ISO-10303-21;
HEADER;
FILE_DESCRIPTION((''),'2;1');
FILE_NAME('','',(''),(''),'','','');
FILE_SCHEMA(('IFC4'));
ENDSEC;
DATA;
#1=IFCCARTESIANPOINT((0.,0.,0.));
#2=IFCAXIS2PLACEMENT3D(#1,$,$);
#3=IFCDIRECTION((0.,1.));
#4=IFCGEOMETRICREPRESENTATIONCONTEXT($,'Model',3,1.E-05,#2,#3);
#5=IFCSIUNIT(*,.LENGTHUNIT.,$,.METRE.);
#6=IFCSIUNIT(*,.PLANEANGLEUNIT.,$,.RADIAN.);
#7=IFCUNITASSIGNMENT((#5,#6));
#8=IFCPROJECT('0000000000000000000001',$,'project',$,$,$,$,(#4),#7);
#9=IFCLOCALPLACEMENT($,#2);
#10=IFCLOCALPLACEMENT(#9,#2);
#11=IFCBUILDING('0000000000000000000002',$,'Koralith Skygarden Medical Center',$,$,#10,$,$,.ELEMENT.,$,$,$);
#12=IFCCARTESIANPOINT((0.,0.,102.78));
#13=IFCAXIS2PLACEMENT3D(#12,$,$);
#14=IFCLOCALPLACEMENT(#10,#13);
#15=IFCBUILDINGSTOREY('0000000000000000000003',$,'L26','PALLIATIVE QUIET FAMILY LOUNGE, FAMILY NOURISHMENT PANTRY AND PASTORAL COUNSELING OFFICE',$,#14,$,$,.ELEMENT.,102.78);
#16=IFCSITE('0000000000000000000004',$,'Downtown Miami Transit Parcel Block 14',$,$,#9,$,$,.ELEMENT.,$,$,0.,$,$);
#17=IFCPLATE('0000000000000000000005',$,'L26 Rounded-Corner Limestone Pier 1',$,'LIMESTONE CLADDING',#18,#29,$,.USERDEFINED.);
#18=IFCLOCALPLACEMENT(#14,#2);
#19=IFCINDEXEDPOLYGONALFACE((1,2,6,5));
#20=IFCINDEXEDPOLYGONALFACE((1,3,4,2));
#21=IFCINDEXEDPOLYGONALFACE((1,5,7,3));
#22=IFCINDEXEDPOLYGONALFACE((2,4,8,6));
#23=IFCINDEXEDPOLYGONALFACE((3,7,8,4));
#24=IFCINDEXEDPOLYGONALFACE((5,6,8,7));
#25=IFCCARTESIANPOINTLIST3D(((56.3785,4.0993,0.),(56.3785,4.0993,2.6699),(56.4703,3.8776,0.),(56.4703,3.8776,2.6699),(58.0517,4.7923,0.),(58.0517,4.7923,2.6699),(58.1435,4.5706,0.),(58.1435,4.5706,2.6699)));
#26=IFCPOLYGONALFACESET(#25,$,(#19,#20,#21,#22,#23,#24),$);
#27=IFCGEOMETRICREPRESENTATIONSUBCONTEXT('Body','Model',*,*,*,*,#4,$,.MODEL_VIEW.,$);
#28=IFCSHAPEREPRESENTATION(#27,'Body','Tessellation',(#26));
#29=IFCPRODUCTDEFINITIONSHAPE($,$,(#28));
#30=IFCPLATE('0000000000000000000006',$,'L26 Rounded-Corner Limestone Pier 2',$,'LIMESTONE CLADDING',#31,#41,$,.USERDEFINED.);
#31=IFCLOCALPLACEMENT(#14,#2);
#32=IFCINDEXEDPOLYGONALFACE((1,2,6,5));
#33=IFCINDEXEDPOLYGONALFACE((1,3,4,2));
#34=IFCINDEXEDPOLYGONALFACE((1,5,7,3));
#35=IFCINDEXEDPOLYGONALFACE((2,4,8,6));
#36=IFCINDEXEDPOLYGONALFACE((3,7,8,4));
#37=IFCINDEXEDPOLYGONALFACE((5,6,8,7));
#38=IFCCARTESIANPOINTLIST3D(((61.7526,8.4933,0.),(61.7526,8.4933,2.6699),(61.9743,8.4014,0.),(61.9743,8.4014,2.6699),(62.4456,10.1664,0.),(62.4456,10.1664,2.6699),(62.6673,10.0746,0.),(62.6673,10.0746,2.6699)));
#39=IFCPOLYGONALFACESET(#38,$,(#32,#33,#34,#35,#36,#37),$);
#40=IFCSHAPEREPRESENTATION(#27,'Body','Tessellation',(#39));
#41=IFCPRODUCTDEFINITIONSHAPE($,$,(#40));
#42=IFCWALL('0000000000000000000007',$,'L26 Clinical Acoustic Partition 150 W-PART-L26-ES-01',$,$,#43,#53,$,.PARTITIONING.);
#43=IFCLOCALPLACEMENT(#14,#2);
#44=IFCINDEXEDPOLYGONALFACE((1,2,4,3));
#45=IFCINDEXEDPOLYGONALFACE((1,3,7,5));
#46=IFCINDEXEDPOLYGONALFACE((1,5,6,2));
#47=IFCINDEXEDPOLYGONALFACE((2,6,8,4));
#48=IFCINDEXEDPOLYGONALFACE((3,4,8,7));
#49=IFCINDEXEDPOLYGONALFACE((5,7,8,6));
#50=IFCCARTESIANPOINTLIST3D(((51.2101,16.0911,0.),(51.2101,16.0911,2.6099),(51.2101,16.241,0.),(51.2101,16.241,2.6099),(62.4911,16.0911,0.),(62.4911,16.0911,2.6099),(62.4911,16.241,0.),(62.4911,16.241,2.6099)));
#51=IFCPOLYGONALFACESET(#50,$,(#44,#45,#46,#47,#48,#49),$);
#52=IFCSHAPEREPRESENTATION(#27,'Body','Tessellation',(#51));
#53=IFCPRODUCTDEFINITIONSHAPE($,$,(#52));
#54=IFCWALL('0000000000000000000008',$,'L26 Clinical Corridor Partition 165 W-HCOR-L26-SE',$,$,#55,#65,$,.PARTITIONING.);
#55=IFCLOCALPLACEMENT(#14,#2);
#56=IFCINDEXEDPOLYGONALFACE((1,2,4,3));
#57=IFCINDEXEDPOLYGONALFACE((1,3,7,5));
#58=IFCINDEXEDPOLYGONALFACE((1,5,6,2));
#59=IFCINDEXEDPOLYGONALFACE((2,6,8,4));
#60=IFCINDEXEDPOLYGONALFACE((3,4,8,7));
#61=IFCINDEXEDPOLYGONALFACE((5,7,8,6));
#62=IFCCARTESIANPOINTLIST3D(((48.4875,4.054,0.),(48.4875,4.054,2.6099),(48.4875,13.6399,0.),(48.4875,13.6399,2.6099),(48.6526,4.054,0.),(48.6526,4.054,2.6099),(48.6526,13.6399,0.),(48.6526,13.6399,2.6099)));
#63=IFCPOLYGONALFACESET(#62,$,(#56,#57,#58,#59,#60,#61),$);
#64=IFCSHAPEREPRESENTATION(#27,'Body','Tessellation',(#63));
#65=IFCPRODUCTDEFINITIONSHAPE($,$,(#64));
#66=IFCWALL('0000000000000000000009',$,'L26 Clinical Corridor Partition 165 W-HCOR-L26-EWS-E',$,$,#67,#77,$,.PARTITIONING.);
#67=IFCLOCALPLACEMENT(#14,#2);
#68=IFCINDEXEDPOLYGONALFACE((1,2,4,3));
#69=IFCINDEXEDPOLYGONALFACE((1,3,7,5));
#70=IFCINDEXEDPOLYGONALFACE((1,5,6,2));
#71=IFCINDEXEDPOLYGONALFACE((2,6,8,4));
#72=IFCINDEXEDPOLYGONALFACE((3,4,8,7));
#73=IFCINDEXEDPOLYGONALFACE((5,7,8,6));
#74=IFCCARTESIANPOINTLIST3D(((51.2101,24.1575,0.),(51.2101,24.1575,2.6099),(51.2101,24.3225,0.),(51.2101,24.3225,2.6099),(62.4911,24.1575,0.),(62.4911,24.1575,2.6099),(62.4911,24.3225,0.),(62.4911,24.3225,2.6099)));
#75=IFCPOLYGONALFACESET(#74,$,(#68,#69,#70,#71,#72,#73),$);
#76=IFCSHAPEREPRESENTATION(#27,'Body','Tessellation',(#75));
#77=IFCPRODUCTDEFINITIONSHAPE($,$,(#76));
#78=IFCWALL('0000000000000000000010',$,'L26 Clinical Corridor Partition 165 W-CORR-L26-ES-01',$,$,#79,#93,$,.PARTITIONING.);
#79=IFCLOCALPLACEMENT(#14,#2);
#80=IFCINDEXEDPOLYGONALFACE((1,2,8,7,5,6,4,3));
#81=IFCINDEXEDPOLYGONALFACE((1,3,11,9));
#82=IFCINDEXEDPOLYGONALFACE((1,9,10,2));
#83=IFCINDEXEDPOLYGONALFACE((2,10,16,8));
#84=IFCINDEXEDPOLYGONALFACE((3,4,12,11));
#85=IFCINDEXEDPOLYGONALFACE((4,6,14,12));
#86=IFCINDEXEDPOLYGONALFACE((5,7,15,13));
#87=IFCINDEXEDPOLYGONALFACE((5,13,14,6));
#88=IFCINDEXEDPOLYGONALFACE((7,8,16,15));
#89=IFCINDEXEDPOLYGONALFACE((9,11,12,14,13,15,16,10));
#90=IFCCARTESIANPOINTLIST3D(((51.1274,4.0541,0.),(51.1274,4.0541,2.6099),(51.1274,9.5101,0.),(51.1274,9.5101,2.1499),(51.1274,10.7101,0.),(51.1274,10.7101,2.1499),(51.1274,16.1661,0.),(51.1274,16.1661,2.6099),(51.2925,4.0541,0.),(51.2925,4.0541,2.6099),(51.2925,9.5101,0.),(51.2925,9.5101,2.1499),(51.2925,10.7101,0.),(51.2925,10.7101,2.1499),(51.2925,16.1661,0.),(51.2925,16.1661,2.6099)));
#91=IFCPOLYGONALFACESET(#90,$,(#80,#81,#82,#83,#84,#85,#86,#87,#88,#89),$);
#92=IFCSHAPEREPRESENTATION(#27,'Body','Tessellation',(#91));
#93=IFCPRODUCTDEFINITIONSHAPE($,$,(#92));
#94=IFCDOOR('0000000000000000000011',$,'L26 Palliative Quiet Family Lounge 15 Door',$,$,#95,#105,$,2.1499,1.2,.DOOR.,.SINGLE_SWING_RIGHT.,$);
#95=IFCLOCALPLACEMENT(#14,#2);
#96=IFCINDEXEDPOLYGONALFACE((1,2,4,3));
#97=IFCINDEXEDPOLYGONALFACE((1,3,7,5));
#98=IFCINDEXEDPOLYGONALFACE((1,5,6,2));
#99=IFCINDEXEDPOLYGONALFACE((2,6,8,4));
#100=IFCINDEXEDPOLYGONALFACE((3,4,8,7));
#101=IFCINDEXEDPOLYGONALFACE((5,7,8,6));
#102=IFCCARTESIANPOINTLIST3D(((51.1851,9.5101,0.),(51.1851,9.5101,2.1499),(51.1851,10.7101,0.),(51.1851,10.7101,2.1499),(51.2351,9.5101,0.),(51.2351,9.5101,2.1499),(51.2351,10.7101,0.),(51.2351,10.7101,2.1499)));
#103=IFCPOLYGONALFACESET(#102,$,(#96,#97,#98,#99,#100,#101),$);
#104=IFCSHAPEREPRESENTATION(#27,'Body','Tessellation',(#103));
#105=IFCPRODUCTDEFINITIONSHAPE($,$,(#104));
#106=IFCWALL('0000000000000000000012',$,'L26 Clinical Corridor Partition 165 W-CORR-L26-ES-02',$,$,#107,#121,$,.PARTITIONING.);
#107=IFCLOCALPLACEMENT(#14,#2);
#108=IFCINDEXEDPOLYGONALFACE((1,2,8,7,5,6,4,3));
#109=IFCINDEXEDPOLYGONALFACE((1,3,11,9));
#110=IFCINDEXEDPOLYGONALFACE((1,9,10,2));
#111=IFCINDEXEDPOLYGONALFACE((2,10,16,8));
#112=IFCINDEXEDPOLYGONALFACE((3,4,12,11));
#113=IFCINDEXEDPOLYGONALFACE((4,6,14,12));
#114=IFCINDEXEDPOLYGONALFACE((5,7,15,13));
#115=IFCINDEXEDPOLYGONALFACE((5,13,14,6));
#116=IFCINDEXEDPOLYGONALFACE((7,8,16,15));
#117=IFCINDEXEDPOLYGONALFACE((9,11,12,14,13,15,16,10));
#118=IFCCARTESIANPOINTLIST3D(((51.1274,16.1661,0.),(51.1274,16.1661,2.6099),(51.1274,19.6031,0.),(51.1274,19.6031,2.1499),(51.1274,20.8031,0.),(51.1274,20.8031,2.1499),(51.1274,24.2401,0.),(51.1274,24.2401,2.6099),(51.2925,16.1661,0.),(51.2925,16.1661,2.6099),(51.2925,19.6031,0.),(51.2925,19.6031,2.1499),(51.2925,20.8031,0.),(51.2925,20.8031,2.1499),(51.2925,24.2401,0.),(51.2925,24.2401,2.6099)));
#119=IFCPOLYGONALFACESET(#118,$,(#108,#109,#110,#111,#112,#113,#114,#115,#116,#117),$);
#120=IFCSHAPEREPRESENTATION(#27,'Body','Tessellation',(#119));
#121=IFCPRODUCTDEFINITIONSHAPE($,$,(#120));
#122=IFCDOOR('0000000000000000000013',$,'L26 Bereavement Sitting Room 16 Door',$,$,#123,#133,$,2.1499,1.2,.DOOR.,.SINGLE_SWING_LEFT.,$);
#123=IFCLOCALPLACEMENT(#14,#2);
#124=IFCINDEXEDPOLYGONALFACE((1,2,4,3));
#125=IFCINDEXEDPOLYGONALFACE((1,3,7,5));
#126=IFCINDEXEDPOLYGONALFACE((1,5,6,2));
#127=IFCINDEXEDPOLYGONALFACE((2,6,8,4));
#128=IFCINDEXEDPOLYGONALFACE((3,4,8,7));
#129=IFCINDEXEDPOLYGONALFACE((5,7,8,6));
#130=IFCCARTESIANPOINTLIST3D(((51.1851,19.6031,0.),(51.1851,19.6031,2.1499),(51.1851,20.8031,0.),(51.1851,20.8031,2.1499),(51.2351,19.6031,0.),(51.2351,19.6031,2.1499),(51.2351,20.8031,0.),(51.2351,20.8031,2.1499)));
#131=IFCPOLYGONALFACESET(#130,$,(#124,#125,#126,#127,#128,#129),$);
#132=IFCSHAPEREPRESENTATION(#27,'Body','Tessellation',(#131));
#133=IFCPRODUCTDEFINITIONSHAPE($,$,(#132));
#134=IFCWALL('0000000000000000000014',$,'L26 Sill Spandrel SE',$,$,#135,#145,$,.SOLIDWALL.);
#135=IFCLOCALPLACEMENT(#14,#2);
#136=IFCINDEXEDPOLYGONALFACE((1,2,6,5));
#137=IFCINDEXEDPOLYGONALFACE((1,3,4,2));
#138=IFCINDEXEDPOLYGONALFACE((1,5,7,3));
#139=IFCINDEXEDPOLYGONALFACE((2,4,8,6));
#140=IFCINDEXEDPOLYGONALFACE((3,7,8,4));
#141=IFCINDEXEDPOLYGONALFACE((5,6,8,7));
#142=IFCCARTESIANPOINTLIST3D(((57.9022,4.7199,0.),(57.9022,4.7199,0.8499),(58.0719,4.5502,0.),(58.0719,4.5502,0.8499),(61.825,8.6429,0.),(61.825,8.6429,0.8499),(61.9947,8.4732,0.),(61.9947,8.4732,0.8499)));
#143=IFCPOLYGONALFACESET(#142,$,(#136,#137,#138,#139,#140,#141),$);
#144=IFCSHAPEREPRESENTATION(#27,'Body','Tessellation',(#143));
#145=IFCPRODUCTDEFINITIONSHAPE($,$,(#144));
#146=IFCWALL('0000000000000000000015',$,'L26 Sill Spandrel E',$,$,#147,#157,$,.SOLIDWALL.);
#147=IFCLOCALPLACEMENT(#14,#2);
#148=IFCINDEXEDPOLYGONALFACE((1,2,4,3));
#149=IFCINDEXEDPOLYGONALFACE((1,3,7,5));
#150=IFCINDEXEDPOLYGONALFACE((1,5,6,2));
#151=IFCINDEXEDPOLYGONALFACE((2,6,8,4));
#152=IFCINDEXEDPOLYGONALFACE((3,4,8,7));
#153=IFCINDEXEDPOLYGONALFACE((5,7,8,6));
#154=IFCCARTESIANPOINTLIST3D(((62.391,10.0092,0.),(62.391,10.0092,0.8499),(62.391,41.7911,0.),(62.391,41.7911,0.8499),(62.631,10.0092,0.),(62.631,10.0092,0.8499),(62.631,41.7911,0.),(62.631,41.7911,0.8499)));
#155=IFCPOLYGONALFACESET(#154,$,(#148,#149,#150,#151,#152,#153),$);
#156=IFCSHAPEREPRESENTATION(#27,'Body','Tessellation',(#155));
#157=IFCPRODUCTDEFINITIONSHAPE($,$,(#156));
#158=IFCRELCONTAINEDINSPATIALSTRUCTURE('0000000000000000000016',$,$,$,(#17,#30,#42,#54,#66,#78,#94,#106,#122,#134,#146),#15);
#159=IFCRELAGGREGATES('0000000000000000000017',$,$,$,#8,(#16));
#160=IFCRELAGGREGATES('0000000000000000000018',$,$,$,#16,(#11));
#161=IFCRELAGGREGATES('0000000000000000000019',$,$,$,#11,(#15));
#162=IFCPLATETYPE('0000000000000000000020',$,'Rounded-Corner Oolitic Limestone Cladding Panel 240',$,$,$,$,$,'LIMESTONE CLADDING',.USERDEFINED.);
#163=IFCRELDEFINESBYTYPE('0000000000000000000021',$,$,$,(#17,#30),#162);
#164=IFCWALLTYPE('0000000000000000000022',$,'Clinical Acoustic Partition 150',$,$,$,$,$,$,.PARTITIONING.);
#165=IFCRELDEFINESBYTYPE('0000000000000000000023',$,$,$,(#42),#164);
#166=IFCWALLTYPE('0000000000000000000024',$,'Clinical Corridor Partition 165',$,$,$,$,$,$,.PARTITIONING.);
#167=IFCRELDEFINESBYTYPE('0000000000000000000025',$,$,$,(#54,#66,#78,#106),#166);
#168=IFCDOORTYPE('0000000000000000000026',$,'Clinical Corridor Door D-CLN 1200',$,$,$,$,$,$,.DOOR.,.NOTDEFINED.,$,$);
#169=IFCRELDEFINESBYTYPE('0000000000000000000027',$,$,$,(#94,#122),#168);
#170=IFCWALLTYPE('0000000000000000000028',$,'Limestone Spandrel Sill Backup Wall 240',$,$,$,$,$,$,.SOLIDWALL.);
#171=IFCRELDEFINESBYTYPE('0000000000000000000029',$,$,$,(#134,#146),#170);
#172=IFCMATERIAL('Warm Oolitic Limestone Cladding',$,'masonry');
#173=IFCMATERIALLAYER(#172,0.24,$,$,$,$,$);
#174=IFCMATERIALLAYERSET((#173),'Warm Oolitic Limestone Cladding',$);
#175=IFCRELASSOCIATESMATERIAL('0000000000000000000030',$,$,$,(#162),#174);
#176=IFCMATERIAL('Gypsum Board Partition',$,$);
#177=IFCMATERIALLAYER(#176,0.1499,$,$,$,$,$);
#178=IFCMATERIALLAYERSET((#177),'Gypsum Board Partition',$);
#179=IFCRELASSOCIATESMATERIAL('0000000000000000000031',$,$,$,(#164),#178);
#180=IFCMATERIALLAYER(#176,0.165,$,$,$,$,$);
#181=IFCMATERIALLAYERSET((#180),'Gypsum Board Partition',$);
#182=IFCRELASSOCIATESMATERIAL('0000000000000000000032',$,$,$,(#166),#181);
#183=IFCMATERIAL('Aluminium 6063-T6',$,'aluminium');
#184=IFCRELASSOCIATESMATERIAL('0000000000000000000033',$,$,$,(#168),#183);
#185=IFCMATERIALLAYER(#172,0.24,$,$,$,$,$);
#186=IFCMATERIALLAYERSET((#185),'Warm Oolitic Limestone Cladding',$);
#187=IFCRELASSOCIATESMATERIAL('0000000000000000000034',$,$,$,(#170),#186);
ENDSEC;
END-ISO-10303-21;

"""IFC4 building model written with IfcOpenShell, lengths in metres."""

from ifc_helpers import new_model, si_unit, direction, frame, frame_2d, origin, origin_2d, place, context, subcontext, project, spatial, rectangle, extrude, material, layer, layer_set, type_object, element, fill, save


model = new_model("IFC4")

# Units and contexts
model_context = context("Model", 3, precision=1e-05, world=origin(), true_north=direction((0.0, 1.0)))
body_context = subcontext(model_context, "Body", "Model", "MODEL_VIEW")
ifc_project = project(units=[si_unit("LENGTHUNIT", "METRE"), si_unit("PLANEANGLEUNIT", "RADIAN")], contexts=[model_context])

# Site, building, storey
site_placement = place(None, origin())
site = spatial("IfcSite", under=ifc_project, at=site_placement, Name="Downtown Miami Transit Parcel Block 14", CompositionType="ELEMENT", RefElevation=0.0)
building_placement = place(site_placement, origin())
building = spatial("IfcBuilding", under=site, at=building_placement, Name="Koralith Skygarden Medical Center", CompositionType="ELEMENT")
storey_placement = place(building_placement, frame((0.0, 0.0, 102.78)))
storey = spatial("IfcBuildingStorey", under=building, at=storey_placement, Name="L26", Description="PALLIATIVE QUIET FAMILY LOUNGE, FAMILY NOURISHMENT PANTRY AND PASTORAL COUNSELING OFFICE", CompositionType="ELEMENT", Elevation=102.78)

# Shared definitions
ifc_material_1 = material(Name="Aluminium 6063-T6", Category="aluminium")

# Plates
ifc_material_2 = material(Name="Warm Oolitic Limestone Cladding", Category="masonry")
ifc_layer_1 = layer(ifc_material_2, 0.24)
ifc_layer_set_1 = layer_set([ifc_layer_1], Name="Warm Oolitic Limestone Cladding")
plate_type_1 = type_object("IfcPlateType", Name="Rounded-Corner Oolitic Limestone Cladding Panel 240", ElementType="LIMESTONE CLADDING", PredefinedType="USERDEFINED", material=ifc_layer_set_1)
for number, where, z_axis, x_axis, name in (
    (1, (57.261, 4.335, 0.0), (0.0, 0.0, 1.0), (0.923885, 0.382671, 0.0), "L26 Rounded-Corner Limestone Pier 1"),
    (2, (62.21, 9.2839, 0.0), (0.0, 0.0, 1.0), (0.382671, 0.923885, 0.0), "L26 Rounded-Corner Limestone Pier 2"),
):
    element("IfcPlate", number, at=place(storey_placement, frame(where, z_axis=z_axis, x_axis=x_axis)), inside=storey, type_object=plate_type_1, Name=name, ObjectType="LIMESTONE CLADDING", PredefinedType="USERDEFINED", context=body_context, shape_type="SweptSolid", body=[
        extrude(rectangle(XDim=1.811, YDim=0.24, at=origin_2d()), origin(), (0.0, 0.0, 1.0), 2.6699),
    ])

# Walls
ifc_material_3 = material(Name="Gypsum Board Partition")
ifc_layer_2 = layer(ifc_material_3, 0.1499)
ifc_layer_set_2 = layer_set([ifc_layer_2], Name="Gypsum Board Partition")
wall_type_1 = type_object("IfcWallType", Name="Clinical Acoustic Partition 150", PredefinedType="PARTITIONING", material=ifc_layer_set_2)
wall_1_placement = place(storey_placement, frame((51.21, 16.166, 0.0), z_axis=(0.0, 0.0, 1.0), x_axis=(1.0, 0.0, 0.0)))
element("IfcWall", 3, at=wall_1_placement, inside=storey, type_object=wall_type_1, Name="L26 Clinical Acoustic Partition 150 W-PART-L26-ES-01", PredefinedType="PARTITIONING", context=body_context, shape_type="SweptSolid", body=[
    extrude(rectangle(XDim=11.281, YDim=0.1499, at=frame_2d((5.6406, 0.0))), origin(), (0.0, 0.0, 1.0), 2.6099),
])
ifc_layer_3 = layer(ifc_material_3, 0.165)
ifc_layer_set_3 = layer_set([ifc_layer_3], Name="Gypsum Board Partition")
wall_type_2 = type_object("IfcWallType", Name="Clinical Corridor Partition 165", PredefinedType="PARTITIONING", material=ifc_layer_set_3)
wall_2_placement = place(storey_placement, frame((48.5701, 4.054, 0.0), z_axis=(0.0, 0.0, 1.0), x_axis=(0.0, 1.0, 0.0)))
element("IfcWall", 4, at=wall_2_placement, inside=storey, type_object=wall_type_2, Name="L26 Clinical Corridor Partition 165 W-HCOR-L26-SE", PredefinedType="PARTITIONING", context=body_context, shape_type="SweptSolid", body=[
    extrude(rectangle(XDim=9.5859, YDim=0.165, at=frame_2d((4.793, 0.0))), origin(), (0.0, 0.0, 1.0), 2.6099),
])
wall_3_placement = place(storey_placement, frame((51.21, 24.24, 0.0), z_axis=(0.0, 0.0, 1.0), x_axis=(1.0, 0.0, 0.0)))
element("IfcWall", 5, at=wall_3_placement, inside=storey, type_object=wall_type_2, Name="L26 Clinical Corridor Partition 165 W-HCOR-L26-EWS-E", PredefinedType="PARTITIONING", context=body_context, shape_type="SweptSolid", body=[
    extrude(rectangle(XDim=11.281, YDim=0.165, at=frame_2d((5.6406, 0.0))), origin(), (0.0, 0.0, 1.0), 2.6099),
])

# Walls, openings, doors
wall_4_placement = place(storey_placement, frame((51.21, 4.054, 0.0), z_axis=(0.0, 0.0, 1.0), x_axis=(0.0, 1.0, 0.0)))
wall_4 = element("IfcWall", 6, at=wall_4_placement, inside=storey, type_object=wall_type_2, Name="L26 Clinical Corridor Partition 165 W-CORR-L26-ES-01", PredefinedType="PARTITIONING", context=body_context, shape_type="SweptSolid", body=[
    extrude(rectangle(XDim=12.1121, YDim=0.165, at=frame_2d((6.0562, 0.0))), origin(), (0.0, 0.0, 1.0), 2.6099),
])
opening_1_placement = place(wall_4_placement, frame((5.4561, 0.0, 0.0)))
opening_1 = element("IfcOpeningElement", 7, at=opening_1_placement, cuts=wall_4, PredefinedType="OPENING", context=body_context, shape_type="SweptSolid", body=[
    extrude(rectangle(XDim=1.2, YDim=2.1499, at=frame_2d((0.6001, 1.075))), frame((0.0, 0.0925, 0.0), z_axis=(0.0, -1.0, 0.0), x_axis=(1.0, 0.0, 0.0)), (0.0, 0.0, 1.0), 0.1851),
])
door_type = type_object("IfcDoorType", Name="Clinical Corridor Door D-CLN 1200", OperationType="NOTDEFINED", PredefinedType="DOOR", material=ifc_material_1)
door_1_placement = place(opening_1_placement, origin())
door_1 = element("IfcDoor", 8, at=door_1_placement, inside=storey, type_object=door_type, Name="L26 Palliative Quiet Family Lounge 15 Door", OperationType="SINGLE_SWING_RIGHT", OverallHeight=2.1499, OverallWidth=1.2, PredefinedType="DOOR", context=body_context, shape_type="SweptSolid", body=[
    extrude(rectangle(XDim=1.2, YDim=2.1499, at=frame_2d((0.6001, 1.075))), frame((0.0, 0.0249, 0.0), z_axis=(0.0, -1.0, 0.0), x_axis=(1.0, 0.0, 0.0)), (0.0, 0.0, 1.0), 0.05),
])
fill(opening_1, door_1)
wall_5_placement = place(storey_placement, frame((51.21, 16.166, 0.0), z_axis=(0.0, 0.0, 1.0), x_axis=(0.0, 1.0, 0.0)))
wall_5 = element("IfcWall", 9, at=wall_5_placement, inside=storey, type_object=wall_type_2, Name="L26 Clinical Corridor Partition 165 W-CORR-L26-ES-02", PredefinedType="PARTITIONING", context=body_context, shape_type="SweptSolid", body=[
    extrude(rectangle(XDim=8.074, YDim=0.165, at=frame_2d((4.0371, 0.0))), origin(), (0.0, 0.0, 1.0), 2.6099),
])
opening_2_placement = place(wall_5_placement, frame((3.437, 0.0, 0.0)))
opening_2 = element("IfcOpeningElement", 10, at=opening_2_placement, cuts=wall_5, PredefinedType="OPENING", context=body_context, shape_type="SweptSolid", body=[
    extrude(rectangle(XDim=1.2, YDim=2.1499, at=frame_2d((0.6001, 1.075))), frame((0.0, 0.0925, 0.0), z_axis=(0.0, -1.0, 0.0), x_axis=(1.0, 0.0, 0.0)), (0.0, 0.0, 1.0), 0.1851),
])
door_2_placement = place(opening_2_placement, origin())
door_2 = element("IfcDoor", 11, at=door_2_placement, inside=storey, type_object=door_type, Name="L26 Bereavement Sitting Room 16 Door", OperationType="SINGLE_SWING_LEFT", OverallHeight=2.1499, OverallWidth=1.2, PredefinedType="DOOR", context=body_context, shape_type="SweptSolid", body=[
    extrude(rectangle(XDim=1.2, YDim=2.1499, at=frame_2d((0.6001, 1.075))), frame((0.0, 0.0249, 0.0), z_axis=(0.0, -1.0, 0.0), x_axis=(1.0, 0.0, 0.0)), (0.0, 0.0, 1.0), 0.05),
])
fill(opening_2, door_2)

# Walls
ifc_layer_4 = layer(ifc_material_2, 0.24)
ifc_layer_set_4 = layer_set([ifc_layer_4], Name="Warm Oolitic Limestone Cladding")
wall_type_3 = type_object("IfcWallType", Name="Limestone Spandrel Sill Backup Wall 240", PredefinedType="SOLIDWALL", material=ifc_layer_set_4)
wall_6_placement = place(storey_placement, frame((57.9871, 4.635, 0.0), z_axis=(0.0, 0.0, 1.0), x_axis=(0.707085, 0.707129, 0.0)))
element("IfcWall", 12, at=wall_6_placement, inside=storey, type_object=wall_type_3, Name="L26 Sill Spandrel SE", PredefinedType="SOLIDWALL", context=body_context, shape_type="SweptSolid", body=[
    extrude(rectangle(XDim=5.5479, YDim=0.24, at=frame_2d((2.7739, 0.0))), origin(), (0.0, 0.0, 1.0), 0.8499),
])
wall_7_placement = place(storey_placement, frame((62.511, 10.009, 0.0), z_axis=(0.0, 0.0, 1.0), x_axis=(0.0, 1.0, 0.0)))
element("IfcWall", 13, at=wall_7_placement, inside=storey, type_object=wall_type_3, Name="L26 Sill Spandrel E", PredefinedType="SOLIDWALL", context=body_context, shape_type="SweptSolid", body=[
    extrude(rectangle(XDim=31.782, YDim=0.24, at=frame_2d((15.8911, 0.0))), origin(), (0.0, 0.0, 1.0), 0.8499),
])

save(model, "model.ifc")
